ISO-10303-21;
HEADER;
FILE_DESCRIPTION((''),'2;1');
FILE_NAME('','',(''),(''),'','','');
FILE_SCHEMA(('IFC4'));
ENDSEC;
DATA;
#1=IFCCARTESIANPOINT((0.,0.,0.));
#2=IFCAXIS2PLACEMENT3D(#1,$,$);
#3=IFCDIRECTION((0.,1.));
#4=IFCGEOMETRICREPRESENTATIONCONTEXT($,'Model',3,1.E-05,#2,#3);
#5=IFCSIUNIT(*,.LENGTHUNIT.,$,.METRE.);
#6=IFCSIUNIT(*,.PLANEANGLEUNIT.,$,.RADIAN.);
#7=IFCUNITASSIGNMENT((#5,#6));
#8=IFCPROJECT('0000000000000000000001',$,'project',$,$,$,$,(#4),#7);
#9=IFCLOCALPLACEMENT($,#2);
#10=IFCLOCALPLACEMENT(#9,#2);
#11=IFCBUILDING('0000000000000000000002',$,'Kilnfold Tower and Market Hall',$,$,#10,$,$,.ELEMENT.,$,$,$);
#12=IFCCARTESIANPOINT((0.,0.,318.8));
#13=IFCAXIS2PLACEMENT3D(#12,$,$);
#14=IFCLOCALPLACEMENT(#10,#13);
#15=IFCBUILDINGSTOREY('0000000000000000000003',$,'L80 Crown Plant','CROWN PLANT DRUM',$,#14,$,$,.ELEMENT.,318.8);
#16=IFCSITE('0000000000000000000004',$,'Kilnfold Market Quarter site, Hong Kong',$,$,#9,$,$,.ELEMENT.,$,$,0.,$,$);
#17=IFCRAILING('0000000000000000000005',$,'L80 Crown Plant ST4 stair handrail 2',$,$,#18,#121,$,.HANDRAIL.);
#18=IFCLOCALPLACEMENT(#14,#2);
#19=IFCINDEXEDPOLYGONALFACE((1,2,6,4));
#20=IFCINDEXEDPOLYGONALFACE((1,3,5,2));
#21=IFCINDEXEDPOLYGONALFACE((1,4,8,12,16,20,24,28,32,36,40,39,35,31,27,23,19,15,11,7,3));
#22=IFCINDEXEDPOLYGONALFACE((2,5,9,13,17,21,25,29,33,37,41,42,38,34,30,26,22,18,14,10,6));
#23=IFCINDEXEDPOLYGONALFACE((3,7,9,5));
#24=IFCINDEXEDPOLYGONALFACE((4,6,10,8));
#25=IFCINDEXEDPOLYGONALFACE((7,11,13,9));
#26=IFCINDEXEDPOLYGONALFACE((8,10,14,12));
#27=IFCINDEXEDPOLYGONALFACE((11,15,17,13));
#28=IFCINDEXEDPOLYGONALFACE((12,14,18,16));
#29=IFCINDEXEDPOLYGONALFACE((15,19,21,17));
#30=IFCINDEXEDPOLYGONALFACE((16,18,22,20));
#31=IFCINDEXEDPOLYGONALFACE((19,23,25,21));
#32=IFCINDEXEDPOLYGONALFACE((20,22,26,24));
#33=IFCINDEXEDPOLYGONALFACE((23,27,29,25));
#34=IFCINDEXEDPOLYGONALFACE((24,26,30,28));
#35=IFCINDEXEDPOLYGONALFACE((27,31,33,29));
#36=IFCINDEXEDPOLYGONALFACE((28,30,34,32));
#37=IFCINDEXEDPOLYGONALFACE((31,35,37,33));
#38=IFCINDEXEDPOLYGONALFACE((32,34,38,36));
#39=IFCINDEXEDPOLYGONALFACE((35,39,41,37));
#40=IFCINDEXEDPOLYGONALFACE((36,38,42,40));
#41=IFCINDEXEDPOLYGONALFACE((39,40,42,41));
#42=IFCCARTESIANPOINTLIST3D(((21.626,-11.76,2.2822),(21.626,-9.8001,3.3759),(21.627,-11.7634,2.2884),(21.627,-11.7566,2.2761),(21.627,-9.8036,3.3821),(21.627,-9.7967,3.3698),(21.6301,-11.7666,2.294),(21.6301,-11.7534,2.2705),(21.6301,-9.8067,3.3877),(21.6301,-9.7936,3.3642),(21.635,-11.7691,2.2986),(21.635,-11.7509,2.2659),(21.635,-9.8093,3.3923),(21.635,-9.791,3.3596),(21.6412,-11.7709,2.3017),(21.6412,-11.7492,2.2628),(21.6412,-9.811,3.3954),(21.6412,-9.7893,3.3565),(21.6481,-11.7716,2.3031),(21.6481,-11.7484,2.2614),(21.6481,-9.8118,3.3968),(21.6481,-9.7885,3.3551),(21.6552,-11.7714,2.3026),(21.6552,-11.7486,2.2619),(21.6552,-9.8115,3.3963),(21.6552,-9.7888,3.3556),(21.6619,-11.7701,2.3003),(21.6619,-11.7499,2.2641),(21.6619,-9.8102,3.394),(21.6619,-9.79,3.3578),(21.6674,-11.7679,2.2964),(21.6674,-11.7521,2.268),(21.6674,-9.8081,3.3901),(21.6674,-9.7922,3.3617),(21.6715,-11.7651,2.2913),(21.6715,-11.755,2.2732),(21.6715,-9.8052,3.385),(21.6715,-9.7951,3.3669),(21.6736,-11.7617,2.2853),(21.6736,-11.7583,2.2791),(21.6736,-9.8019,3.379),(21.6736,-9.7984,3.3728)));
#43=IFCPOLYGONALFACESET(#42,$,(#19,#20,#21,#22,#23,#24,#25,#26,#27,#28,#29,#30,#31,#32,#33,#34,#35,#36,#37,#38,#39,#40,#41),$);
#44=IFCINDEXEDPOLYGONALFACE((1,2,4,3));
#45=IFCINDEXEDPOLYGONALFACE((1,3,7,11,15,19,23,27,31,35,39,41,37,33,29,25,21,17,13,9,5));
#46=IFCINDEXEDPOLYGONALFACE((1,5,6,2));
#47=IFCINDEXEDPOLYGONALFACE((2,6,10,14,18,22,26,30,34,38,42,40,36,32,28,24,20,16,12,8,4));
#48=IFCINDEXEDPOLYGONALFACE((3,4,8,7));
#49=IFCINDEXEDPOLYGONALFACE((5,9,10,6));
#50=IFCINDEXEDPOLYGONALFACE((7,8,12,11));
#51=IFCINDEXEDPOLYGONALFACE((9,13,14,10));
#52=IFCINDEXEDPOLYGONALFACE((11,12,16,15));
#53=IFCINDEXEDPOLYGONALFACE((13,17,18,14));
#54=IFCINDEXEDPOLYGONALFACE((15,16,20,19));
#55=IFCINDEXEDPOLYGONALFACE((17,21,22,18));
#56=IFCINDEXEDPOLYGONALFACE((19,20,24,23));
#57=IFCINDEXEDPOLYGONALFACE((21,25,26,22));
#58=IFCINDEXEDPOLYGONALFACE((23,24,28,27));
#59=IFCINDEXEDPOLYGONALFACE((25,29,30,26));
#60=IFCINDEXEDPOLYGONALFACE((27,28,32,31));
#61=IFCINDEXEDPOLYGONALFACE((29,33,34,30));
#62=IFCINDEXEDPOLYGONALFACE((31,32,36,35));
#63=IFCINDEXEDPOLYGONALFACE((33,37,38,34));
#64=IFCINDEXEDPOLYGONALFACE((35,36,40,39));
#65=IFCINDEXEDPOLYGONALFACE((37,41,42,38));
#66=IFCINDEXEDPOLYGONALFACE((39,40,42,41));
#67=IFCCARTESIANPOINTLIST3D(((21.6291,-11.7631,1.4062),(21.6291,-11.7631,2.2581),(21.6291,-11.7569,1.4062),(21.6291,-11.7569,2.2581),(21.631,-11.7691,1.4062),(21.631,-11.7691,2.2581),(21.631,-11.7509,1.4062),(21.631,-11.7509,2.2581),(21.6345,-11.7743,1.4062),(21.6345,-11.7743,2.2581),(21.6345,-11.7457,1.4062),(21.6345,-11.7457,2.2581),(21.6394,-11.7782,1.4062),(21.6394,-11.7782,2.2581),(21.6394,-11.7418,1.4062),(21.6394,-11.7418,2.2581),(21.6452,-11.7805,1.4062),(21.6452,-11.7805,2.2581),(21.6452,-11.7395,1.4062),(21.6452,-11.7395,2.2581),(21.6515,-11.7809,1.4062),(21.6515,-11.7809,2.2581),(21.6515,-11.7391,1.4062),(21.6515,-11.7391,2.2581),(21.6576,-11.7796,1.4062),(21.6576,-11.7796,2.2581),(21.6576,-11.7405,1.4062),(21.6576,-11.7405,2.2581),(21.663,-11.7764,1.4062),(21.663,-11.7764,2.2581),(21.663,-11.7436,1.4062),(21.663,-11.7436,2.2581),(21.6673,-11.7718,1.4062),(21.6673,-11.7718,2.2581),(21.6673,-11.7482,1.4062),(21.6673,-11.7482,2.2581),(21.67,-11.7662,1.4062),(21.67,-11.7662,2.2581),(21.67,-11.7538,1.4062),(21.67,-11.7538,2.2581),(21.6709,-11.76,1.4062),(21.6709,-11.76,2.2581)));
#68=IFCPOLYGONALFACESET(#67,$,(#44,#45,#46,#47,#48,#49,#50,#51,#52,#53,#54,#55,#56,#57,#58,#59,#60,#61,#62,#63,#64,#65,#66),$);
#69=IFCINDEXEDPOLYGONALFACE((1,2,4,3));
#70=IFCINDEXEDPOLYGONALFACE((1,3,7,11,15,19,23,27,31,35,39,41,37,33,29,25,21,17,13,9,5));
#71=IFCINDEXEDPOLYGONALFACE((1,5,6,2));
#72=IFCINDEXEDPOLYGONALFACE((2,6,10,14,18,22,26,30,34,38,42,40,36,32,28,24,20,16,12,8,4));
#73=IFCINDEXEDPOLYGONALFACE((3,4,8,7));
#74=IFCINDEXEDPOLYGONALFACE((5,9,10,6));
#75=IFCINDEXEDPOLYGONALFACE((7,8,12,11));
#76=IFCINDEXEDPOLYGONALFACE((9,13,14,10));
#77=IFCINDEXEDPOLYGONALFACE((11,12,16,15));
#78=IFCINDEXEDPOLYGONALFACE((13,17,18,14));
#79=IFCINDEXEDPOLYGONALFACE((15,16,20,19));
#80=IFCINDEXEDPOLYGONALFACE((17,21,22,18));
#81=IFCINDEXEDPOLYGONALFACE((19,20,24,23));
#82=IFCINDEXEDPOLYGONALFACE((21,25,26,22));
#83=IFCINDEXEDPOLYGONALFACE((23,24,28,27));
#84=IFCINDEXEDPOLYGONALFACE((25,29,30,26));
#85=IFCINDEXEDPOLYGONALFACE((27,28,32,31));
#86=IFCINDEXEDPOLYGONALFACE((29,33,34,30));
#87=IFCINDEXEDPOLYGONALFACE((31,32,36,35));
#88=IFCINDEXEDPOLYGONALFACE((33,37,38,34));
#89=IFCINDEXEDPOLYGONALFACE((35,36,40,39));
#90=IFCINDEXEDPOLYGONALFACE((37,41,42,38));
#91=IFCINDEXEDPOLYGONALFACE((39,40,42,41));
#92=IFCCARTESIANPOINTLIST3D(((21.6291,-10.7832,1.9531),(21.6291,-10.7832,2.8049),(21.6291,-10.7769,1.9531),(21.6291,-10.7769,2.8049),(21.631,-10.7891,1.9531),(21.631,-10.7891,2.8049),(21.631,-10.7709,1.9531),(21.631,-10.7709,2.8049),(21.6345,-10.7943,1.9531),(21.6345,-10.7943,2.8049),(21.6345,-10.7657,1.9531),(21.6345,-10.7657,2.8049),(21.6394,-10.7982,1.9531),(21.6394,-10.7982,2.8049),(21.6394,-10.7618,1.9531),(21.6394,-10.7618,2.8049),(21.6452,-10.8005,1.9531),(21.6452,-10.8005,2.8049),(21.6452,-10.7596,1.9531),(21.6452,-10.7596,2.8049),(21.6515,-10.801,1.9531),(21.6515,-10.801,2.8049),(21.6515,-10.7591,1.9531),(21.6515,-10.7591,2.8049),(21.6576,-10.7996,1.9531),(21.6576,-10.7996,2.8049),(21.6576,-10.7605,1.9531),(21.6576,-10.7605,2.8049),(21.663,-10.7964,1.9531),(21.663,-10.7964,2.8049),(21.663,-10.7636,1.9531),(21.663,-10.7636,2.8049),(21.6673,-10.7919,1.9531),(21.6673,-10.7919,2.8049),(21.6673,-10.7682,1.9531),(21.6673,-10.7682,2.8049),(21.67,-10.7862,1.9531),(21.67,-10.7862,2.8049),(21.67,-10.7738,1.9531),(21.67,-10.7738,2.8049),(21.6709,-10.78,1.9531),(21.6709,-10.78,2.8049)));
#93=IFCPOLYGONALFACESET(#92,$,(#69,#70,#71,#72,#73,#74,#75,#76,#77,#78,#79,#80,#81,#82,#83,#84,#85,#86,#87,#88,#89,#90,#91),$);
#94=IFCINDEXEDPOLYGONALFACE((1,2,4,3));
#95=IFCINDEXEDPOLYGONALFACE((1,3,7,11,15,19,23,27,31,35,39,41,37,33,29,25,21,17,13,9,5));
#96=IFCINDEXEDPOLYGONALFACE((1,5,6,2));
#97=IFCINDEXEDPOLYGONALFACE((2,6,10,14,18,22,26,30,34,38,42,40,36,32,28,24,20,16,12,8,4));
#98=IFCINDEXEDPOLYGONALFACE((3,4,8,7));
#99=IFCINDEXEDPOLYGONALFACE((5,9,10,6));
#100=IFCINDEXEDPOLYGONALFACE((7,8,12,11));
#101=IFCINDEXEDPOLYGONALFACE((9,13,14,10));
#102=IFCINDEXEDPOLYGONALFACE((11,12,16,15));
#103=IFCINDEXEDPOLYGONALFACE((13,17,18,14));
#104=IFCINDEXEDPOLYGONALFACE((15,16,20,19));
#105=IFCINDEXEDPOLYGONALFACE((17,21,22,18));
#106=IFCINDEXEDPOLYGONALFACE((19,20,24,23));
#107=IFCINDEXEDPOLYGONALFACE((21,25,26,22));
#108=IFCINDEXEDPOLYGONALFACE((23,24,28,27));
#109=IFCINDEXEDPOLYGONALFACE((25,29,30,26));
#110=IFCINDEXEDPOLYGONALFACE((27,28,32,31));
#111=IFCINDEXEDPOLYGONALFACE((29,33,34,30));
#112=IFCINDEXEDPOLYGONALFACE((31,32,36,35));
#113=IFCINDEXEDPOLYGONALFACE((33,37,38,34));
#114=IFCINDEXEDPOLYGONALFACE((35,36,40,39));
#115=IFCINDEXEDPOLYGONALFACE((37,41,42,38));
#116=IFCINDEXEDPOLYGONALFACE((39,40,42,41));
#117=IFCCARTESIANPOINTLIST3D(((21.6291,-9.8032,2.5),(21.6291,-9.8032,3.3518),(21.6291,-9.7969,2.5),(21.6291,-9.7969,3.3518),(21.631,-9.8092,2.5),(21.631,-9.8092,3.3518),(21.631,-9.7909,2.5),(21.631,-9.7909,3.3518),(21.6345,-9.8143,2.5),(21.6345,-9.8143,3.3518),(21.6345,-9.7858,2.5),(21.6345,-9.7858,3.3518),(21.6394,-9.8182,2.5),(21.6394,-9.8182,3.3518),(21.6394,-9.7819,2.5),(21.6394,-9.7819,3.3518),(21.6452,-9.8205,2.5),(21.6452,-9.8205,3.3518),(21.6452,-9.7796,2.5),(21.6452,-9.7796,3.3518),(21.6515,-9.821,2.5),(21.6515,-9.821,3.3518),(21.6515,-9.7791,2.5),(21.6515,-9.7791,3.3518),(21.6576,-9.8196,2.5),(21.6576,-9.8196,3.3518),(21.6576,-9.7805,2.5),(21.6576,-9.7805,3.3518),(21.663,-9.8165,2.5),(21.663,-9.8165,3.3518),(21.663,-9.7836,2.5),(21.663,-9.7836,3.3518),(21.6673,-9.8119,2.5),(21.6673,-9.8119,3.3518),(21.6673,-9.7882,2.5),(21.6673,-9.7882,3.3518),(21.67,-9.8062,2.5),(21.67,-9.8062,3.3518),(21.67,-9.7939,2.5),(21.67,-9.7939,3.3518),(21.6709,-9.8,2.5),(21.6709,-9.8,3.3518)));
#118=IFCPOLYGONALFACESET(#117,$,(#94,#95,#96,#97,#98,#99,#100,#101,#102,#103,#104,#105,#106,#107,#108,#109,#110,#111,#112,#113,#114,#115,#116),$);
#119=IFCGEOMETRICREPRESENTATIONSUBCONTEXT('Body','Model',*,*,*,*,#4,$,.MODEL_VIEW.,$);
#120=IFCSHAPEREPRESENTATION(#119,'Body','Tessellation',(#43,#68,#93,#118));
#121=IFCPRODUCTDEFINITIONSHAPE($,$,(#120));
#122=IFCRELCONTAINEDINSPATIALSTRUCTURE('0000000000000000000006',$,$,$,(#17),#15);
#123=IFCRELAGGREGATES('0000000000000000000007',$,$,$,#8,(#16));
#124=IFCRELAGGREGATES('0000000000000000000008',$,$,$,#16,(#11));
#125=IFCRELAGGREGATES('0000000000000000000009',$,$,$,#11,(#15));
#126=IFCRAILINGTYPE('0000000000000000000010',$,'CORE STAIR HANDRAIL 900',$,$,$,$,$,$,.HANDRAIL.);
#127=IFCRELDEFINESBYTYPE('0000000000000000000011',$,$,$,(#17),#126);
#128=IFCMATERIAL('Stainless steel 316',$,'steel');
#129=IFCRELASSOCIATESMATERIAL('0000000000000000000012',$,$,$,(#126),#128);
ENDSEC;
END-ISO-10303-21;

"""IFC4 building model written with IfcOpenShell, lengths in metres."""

from ifc_helpers import new_model, si_unit, direction, frame, origin, origin_2d, place, context, subcontext, project, spatial, circle, extrude, material, type_object, element, save


model = new_model("IFC4")

# Units and contexts
model_context = context("Model", 3, precision=1e-05, world=origin(), true_north=direction((0.0, 1.0)))
body_context = subcontext(model_context, "Body", "Model", "MODEL_VIEW")
ifc_project = project(units=[si_unit("LENGTHUNIT", "METRE"), si_unit("PLANEANGLEUNIT", "RADIAN")], contexts=[model_context])

# Site, building, storey
site_placement = place(None, origin())
site = spatial("IfcSite", under=ifc_project, at=site_placement, Name="Kilnfold Market Quarter site, Hong Kong", CompositionType="ELEMENT", RefElevation=0.0)
building_placement = place(site_placement, origin())
building = spatial("IfcBuilding", under=site, at=building_placement, Name="Kilnfold Tower and Market Hall", CompositionType="ELEMENT")
storey_placement = place(building_placement, frame((0.0, 0.0, 318.8)))
storey = spatial("IfcBuildingStorey", under=building, at=storey_placement, Name="L80 Crown Plant", Description="CROWN PLANT DRUM", CompositionType="ELEMENT", Elevation=318.8)

# Railing
ifc_material_1 = material(Name="Stainless steel 316", Category="steel")
railing_type_1 = type_object("IfcRailingType", Name="CORE STAIR HANDRAIL 900", PredefinedType="HANDRAIL", material=ifc_material_1)
railing_1_placement = place(storey_placement, frame((21.6499, -11.76, 1.4062)))
element("IfcRailing", 1, at=railing_1_placement, inside=storey, type_object=railing_type_1, Name="L80 Crown Plant ST4 stair handrail 2", PredefinedType="HANDRAIL", context=body_context, shape_type="SweptSolid", body=[
    extrude(circle(Radius=0.0239, at=origin_2d()), frame((0.0, 0.0, 0.876), z_axis=(0.0, 0.873232, 0.487304), x_axis=(-1.0, 0.0, 0.0)), (0.0, 0.0, 1.0), 2.2444),
    extrude(circle(Radius=0.021, at=origin_2d()), origin(), (0.0, 0.0, 1.0), 0.8518),
    extrude(circle(Radius=0.021, at=origin_2d()), frame((0.0, 0.98, 0.5469)), (0.0, 0.0, 1.0), 0.8518),
    extrude(circle(Radius=0.021, at=origin_2d()), frame((0.0, 1.96, 1.0938)), (0.0, 0.0, 1.0), 0.8518),
])

save(model, "model.ifc")
